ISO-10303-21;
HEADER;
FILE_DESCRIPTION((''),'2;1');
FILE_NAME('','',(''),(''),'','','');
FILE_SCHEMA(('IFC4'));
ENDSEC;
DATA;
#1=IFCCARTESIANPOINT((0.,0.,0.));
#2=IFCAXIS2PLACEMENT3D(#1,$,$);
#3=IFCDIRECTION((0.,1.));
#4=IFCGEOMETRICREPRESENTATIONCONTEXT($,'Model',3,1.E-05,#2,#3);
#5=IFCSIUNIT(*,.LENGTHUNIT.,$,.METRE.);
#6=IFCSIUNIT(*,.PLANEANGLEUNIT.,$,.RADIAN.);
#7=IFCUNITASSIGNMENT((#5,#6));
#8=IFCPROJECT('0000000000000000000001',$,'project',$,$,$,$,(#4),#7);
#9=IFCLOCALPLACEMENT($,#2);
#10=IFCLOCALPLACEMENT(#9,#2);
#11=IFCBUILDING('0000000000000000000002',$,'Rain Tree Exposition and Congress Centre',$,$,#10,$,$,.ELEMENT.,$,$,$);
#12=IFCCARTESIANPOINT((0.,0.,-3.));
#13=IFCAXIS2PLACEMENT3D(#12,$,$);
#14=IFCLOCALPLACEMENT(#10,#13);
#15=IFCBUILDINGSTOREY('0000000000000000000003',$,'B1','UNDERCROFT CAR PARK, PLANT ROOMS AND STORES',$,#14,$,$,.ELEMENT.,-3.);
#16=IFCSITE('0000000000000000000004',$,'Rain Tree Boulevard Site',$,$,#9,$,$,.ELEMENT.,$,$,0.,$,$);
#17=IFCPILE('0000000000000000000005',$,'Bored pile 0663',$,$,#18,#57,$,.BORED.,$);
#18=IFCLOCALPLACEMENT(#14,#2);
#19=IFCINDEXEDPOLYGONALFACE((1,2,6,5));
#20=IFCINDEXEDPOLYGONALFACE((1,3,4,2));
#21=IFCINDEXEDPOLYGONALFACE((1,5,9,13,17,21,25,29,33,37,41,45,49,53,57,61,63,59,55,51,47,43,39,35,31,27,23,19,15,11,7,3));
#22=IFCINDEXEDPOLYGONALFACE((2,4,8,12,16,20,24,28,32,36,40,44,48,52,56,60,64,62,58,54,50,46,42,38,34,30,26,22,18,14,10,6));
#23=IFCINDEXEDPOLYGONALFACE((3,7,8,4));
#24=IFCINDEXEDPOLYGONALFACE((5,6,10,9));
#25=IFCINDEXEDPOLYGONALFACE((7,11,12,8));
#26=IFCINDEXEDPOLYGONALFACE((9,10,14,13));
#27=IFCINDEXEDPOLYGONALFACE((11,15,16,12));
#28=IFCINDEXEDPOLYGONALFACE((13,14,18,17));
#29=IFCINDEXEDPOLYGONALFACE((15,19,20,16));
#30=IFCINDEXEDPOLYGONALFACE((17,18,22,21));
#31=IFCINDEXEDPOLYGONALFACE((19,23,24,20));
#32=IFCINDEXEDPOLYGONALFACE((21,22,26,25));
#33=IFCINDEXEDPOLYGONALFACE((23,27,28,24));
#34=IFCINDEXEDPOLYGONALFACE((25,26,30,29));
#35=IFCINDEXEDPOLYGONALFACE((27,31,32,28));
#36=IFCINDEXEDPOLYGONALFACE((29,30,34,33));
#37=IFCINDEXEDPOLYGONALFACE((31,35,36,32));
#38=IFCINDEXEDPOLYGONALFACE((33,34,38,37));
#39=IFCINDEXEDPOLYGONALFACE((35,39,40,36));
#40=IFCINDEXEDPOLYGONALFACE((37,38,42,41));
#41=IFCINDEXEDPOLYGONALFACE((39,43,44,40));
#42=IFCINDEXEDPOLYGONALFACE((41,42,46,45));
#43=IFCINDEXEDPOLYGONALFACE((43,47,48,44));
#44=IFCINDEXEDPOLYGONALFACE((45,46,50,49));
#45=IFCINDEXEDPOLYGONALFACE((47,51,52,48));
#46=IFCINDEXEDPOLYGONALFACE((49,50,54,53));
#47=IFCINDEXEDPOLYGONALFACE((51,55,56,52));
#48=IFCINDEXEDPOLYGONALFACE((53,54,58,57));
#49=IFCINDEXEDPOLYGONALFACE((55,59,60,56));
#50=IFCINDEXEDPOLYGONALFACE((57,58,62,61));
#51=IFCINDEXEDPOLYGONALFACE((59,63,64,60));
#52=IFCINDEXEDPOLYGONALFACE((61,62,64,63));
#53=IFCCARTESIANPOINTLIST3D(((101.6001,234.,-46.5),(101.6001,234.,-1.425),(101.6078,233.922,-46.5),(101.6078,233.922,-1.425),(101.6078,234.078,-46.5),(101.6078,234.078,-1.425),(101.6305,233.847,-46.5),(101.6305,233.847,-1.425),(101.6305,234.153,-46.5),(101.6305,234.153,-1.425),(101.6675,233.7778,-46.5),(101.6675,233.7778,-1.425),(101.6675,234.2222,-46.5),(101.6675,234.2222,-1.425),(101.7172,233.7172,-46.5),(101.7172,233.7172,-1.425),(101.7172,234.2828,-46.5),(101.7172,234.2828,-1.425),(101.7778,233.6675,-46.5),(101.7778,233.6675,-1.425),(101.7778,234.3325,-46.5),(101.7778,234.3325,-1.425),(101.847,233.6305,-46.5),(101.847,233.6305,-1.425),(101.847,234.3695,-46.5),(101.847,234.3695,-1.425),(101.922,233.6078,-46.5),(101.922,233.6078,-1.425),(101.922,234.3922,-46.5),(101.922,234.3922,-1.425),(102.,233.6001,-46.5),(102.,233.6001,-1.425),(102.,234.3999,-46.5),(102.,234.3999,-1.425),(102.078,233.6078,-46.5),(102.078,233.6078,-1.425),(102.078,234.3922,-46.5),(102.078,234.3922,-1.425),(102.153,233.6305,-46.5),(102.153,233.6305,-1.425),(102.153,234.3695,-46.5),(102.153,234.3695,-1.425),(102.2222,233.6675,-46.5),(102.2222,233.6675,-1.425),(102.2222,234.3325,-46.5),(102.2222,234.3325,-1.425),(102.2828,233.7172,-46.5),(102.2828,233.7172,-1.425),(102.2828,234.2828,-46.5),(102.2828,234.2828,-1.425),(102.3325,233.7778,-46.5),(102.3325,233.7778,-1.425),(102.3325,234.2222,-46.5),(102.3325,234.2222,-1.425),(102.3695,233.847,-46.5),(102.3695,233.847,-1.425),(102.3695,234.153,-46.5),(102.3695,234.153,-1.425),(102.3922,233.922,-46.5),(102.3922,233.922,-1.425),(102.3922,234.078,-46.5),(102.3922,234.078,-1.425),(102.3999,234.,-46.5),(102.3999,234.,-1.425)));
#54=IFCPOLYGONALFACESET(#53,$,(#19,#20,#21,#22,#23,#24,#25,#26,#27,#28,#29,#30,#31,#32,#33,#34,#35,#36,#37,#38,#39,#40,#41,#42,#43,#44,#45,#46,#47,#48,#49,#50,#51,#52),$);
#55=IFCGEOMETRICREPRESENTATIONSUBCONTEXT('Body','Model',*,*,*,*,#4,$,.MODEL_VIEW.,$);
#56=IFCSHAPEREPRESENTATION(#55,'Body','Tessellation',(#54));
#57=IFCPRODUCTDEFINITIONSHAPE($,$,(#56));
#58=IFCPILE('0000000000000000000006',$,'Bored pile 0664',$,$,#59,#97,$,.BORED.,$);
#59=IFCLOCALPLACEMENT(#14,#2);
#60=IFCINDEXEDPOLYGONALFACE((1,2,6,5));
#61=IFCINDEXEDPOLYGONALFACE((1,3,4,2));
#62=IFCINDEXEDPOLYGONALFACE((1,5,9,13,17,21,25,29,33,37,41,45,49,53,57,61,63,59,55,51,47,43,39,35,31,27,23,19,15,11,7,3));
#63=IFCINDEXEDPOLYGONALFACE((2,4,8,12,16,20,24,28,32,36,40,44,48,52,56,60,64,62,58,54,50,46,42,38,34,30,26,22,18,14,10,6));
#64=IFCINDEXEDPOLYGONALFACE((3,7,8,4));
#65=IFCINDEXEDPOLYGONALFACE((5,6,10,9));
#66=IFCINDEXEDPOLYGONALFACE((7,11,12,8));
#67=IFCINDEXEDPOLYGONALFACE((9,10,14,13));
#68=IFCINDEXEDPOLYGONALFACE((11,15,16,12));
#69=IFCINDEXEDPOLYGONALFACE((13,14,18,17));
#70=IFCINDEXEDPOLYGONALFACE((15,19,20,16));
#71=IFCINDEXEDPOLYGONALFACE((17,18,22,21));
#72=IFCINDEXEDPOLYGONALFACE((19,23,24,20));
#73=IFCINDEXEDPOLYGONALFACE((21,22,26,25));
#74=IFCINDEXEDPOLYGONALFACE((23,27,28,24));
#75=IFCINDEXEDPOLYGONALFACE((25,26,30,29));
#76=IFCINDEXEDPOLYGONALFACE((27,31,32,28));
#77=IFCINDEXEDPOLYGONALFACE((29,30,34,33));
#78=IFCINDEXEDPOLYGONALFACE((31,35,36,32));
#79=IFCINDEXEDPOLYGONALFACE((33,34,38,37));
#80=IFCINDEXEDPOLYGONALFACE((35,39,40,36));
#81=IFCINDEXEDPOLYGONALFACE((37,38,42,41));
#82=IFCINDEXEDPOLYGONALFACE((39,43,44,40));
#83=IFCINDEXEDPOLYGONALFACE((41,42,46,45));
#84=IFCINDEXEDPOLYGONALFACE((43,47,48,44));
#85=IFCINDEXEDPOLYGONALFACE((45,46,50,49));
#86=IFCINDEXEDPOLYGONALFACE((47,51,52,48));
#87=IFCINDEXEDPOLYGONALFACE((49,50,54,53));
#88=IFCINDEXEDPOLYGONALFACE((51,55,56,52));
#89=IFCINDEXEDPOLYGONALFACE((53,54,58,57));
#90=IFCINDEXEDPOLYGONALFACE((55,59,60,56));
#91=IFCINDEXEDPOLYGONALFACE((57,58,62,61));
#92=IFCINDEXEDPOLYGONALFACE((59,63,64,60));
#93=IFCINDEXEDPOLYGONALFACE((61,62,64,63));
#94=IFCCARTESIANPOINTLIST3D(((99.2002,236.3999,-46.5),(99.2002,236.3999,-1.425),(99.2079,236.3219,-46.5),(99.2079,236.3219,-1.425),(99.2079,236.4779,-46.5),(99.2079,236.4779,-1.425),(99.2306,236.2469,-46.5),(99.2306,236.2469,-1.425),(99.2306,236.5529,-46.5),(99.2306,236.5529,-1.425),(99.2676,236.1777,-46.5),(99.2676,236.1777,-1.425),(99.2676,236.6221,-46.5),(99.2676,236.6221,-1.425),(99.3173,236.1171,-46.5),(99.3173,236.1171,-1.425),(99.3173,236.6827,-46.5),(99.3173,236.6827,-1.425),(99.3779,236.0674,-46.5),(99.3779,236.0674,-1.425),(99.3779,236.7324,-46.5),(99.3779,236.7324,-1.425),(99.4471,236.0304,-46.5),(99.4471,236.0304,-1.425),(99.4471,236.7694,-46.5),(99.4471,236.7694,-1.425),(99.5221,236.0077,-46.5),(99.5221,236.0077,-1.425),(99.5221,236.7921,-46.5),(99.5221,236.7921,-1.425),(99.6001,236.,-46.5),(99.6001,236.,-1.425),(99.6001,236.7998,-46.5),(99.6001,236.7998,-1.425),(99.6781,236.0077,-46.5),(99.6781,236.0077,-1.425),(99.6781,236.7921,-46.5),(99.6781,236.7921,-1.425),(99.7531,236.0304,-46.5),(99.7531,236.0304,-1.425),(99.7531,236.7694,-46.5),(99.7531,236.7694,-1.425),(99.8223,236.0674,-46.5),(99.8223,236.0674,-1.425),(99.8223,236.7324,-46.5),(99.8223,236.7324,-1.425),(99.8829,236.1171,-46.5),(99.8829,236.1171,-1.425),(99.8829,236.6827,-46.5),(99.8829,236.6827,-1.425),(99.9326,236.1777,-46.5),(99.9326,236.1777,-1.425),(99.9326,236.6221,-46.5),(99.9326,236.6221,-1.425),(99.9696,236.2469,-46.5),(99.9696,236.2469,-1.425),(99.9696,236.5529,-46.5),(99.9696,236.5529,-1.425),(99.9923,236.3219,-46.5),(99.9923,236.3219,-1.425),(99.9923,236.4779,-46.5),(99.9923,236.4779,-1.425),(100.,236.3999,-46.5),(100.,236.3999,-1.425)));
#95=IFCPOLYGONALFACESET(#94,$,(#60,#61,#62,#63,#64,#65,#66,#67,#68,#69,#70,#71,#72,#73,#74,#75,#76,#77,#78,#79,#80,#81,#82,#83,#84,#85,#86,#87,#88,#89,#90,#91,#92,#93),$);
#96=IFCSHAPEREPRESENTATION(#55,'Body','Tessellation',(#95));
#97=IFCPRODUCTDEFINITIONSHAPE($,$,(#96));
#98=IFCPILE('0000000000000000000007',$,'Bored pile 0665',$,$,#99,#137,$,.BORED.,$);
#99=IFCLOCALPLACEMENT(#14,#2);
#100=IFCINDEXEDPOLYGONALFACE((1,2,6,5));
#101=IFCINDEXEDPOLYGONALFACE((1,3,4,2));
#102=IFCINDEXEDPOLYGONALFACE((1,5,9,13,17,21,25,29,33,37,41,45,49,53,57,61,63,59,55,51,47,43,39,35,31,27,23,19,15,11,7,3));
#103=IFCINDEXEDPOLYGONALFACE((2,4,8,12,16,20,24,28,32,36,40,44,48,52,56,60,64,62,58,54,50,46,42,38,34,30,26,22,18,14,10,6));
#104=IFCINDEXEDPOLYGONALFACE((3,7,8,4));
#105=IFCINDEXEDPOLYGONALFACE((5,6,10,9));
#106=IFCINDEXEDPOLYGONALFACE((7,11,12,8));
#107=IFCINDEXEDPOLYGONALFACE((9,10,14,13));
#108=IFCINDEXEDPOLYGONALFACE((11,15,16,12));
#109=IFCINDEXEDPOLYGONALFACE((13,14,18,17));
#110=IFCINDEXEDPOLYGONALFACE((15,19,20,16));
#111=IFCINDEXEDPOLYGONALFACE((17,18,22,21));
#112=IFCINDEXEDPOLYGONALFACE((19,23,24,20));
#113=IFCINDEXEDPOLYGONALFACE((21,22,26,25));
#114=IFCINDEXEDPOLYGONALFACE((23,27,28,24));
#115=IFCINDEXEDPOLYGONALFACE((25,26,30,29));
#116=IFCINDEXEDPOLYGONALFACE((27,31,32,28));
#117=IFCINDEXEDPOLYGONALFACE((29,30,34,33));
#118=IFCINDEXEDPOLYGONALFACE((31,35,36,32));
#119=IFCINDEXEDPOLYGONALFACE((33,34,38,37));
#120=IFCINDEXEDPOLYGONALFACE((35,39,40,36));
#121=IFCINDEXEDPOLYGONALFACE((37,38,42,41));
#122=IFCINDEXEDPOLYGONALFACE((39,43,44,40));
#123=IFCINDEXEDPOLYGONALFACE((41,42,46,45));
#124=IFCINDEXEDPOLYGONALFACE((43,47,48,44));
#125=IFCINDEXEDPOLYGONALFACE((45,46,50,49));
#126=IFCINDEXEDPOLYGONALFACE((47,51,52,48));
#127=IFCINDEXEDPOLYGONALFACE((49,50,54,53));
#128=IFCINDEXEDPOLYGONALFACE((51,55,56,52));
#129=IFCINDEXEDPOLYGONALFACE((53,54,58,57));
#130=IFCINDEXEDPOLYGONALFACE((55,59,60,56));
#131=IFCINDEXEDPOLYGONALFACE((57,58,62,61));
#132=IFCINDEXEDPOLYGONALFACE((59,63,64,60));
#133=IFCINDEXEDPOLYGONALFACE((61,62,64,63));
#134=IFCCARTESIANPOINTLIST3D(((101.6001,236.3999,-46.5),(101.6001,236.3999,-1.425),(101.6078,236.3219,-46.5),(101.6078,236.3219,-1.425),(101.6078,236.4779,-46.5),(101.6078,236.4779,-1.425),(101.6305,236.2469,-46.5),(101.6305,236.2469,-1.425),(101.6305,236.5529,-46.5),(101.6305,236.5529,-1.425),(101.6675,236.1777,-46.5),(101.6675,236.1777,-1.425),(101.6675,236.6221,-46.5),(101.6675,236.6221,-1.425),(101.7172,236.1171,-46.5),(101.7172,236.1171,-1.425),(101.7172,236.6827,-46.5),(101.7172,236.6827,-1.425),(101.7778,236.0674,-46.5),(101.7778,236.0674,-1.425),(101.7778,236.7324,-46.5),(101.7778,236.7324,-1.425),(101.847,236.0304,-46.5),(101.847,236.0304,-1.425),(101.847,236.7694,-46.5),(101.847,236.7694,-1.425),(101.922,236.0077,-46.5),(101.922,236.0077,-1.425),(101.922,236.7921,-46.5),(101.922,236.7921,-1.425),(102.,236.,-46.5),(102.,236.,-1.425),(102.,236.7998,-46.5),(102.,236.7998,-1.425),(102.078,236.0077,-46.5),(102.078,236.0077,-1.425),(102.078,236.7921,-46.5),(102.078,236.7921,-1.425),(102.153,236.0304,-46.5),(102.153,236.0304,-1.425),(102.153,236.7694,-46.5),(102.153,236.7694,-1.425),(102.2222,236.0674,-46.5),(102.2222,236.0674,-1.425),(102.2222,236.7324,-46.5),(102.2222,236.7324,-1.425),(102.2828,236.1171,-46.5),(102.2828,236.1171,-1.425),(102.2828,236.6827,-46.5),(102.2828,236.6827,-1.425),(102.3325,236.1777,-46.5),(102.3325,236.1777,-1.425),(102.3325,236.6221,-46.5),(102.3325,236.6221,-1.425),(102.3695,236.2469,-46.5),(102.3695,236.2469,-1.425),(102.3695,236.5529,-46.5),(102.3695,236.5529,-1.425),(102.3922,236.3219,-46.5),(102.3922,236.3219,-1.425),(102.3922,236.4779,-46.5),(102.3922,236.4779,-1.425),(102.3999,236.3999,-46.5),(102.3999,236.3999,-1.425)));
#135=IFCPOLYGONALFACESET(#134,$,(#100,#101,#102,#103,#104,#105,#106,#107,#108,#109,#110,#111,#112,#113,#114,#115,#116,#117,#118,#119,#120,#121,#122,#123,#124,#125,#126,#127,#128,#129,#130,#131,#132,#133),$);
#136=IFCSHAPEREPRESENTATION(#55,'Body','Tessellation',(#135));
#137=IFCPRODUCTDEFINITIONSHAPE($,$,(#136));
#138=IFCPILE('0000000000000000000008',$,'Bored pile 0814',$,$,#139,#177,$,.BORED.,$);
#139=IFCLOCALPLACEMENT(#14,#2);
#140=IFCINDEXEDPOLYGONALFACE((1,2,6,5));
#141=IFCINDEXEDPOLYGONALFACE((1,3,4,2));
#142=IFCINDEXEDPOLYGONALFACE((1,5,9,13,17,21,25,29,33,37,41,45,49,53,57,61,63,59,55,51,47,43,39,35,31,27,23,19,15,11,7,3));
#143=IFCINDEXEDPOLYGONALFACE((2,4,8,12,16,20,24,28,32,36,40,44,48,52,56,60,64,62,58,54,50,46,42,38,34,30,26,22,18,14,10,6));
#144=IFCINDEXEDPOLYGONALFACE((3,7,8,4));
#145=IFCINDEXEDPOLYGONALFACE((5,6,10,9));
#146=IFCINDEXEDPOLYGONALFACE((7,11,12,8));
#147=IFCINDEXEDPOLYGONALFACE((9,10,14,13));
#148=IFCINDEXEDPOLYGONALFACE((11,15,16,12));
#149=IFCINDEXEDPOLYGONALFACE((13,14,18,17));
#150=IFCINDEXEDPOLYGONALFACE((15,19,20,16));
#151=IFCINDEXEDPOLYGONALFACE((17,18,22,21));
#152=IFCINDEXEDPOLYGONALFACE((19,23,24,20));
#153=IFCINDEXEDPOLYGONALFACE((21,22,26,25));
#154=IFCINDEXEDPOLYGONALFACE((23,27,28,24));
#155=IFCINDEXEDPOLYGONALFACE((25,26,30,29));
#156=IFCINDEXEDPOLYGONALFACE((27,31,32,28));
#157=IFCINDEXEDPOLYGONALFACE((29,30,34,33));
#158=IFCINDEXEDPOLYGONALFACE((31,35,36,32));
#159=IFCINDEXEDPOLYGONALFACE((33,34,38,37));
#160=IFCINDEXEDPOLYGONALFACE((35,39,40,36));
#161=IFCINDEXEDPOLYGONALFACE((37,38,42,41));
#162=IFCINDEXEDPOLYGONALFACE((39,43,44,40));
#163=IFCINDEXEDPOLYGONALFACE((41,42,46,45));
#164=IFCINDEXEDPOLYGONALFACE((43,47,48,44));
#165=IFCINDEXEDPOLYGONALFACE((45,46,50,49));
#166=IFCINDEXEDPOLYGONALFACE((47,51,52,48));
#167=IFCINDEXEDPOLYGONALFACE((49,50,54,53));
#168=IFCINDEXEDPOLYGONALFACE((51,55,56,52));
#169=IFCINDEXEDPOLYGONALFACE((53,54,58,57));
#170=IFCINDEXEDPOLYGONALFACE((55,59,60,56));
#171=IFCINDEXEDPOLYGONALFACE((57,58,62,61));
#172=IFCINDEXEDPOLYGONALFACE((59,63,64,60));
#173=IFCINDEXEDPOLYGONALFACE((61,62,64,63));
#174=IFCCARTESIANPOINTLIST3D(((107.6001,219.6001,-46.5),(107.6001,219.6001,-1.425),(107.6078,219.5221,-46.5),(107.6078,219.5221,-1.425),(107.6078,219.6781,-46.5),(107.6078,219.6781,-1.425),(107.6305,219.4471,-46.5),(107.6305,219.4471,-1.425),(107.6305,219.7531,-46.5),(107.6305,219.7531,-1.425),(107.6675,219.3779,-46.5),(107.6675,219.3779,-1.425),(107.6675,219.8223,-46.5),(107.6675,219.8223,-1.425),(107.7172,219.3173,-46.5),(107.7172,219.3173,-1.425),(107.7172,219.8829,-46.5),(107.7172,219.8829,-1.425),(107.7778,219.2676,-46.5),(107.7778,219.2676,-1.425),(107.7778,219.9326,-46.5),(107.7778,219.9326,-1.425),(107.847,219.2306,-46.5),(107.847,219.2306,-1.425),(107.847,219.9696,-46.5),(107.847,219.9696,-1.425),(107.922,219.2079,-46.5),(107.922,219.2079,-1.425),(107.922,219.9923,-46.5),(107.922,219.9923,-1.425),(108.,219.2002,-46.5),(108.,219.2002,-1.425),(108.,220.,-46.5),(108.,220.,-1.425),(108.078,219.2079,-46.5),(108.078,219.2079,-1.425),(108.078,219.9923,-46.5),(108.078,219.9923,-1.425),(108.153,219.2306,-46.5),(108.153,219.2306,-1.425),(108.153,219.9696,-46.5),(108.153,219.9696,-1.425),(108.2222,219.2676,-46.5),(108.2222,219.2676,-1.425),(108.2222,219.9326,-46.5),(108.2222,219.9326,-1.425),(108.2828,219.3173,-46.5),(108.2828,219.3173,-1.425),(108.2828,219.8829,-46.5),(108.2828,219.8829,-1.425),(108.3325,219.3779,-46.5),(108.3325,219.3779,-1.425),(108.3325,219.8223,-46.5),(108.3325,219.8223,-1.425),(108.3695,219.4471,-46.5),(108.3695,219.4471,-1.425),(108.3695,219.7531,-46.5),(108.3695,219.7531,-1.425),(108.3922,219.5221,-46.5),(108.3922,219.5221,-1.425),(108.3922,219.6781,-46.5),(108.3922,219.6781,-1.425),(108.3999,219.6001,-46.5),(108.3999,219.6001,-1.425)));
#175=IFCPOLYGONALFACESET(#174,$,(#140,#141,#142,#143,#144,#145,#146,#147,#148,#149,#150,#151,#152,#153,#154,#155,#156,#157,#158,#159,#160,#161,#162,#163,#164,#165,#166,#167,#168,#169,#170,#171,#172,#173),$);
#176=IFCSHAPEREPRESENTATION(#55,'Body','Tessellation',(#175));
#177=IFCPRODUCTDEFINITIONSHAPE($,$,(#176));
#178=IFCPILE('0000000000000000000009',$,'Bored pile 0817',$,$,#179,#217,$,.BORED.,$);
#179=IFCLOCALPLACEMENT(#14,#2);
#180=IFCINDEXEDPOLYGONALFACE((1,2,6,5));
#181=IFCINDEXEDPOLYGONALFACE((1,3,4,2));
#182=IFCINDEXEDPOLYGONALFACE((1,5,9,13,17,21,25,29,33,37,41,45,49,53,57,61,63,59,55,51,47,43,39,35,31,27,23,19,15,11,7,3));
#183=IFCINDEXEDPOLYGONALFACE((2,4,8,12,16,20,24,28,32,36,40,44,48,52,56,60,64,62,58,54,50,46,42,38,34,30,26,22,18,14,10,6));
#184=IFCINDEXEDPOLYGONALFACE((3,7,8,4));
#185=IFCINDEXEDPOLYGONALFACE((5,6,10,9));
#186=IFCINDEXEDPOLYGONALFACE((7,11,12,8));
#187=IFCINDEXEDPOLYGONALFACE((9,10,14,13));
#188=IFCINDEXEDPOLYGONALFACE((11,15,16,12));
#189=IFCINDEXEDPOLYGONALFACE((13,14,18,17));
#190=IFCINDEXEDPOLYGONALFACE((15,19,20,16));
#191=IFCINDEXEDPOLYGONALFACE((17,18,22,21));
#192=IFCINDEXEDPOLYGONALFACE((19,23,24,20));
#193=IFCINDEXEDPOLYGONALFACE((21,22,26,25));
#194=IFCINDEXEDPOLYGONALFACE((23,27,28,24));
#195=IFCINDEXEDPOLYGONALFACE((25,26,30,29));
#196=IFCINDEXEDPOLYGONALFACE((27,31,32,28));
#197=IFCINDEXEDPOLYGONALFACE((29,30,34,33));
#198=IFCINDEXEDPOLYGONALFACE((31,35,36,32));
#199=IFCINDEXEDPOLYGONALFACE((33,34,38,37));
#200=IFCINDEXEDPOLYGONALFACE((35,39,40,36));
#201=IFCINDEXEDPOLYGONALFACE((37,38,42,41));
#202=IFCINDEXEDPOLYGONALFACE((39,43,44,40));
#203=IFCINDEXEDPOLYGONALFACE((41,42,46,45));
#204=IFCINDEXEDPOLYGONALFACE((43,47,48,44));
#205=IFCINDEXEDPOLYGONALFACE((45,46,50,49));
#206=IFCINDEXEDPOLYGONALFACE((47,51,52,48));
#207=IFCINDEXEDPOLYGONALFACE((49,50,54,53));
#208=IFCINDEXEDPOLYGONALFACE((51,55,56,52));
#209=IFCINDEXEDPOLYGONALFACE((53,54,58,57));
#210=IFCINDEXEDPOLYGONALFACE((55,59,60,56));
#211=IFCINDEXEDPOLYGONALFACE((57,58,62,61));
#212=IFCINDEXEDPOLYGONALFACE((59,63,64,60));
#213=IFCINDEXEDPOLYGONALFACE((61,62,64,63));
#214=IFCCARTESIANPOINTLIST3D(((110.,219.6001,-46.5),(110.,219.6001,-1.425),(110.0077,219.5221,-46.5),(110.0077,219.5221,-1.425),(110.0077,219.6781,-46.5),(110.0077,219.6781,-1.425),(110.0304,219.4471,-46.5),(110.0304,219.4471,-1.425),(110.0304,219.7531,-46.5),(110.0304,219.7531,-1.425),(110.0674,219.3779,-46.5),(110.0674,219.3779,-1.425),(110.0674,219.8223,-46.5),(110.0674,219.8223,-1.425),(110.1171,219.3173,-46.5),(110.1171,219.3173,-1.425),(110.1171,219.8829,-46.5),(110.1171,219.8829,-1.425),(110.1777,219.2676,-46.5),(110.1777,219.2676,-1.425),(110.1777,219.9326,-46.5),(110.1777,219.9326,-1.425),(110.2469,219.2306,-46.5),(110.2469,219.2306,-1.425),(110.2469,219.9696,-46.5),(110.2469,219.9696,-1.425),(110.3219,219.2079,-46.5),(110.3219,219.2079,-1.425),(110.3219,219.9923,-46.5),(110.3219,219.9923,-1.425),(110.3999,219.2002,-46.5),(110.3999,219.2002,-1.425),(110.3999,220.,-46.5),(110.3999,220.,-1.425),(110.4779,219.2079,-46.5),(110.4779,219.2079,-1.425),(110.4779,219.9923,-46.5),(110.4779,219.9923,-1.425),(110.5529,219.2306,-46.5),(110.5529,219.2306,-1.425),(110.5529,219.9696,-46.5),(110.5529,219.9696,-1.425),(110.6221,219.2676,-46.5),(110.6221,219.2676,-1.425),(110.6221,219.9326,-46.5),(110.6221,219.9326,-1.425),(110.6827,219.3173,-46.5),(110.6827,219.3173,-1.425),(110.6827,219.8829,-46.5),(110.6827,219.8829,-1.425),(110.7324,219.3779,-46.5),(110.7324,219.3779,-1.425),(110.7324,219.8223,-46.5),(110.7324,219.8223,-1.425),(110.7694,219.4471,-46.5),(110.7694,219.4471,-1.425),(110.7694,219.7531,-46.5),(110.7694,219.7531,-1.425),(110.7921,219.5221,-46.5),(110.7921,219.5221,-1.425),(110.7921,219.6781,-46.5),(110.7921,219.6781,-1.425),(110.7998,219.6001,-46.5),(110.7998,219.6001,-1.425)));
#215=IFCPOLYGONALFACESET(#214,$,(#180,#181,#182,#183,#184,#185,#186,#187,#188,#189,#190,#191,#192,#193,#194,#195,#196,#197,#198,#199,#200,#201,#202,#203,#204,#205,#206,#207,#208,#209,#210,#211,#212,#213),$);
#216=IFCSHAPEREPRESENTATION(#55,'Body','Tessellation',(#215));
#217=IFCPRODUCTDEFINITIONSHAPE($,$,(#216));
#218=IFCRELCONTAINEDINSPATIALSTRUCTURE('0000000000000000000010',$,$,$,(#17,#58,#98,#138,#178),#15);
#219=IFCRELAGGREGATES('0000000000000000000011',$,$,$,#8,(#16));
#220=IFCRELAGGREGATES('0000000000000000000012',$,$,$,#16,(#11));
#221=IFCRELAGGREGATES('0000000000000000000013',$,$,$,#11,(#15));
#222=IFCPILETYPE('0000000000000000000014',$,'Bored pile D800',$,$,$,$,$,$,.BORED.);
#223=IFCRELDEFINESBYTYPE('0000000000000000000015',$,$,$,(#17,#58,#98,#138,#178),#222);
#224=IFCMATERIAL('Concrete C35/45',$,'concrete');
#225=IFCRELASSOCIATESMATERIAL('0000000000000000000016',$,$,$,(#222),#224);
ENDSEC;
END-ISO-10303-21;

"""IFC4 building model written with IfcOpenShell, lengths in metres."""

from ifc_helpers import new_model, si_unit, direction, frame, origin, origin_2d, place, context, subcontext, project, spatial, circle, extrude, material, material_profile, profile_set, type_object, element, save


model = new_model("IFC4")

# Units and contexts
model_context = context("Model", 3, precision=1e-05, world=origin(), true_north=direction((0.0, 1.0)))
body_context = subcontext(model_context, "Body", "Model", "MODEL_VIEW")
ifc_project = project(units=[si_unit("LENGTHUNIT", "METRE"), si_unit("PLANEANGLEUNIT", "RADIAN")], contexts=[model_context])

# Site, building, storey
site_placement = place(None, origin())
site = spatial("IfcSite", under=ifc_project, at=site_placement, Name="Rain Tree Boulevard Site", CompositionType="ELEMENT", RefElevation=0.0)
building_placement = place(site_placement, origin())
building = spatial("IfcBuilding", under=site, at=building_placement, Name="Rain Tree Exposition and Congress Centre", CompositionType="ELEMENT")
storey_placement = place(building_placement, frame((0.0, 0.0, -3.0)))
storey = spatial("IfcBuildingStorey", under=building, at=storey_placement, Name="B1", Description="UNDERCROFT CAR PARK, PLANT ROOMS AND STORES", CompositionType="ELEMENT", Elevation=-3.0)

# Piles
ifc_material_1 = material(Name="Concrete C35/45", Category="concrete")
ifc_material_profile_1 = material_profile(ifc_material_1, circle(Radius=0.3999, at=origin_2d()), Name="D800")
ifc_profile_set_1 = profile_set([ifc_material_profile_1], Name="Concrete C35/45")
pile_type = type_object("IfcPileType", Name="Bored pile D800", PredefinedType="BORED", material=ifc_profile_set_1)
for number, where, z_axis, x_axis, name in (
    (1, (102.0, 234.0, -1.425), (0.0, 0.0, -1.0), (1.0, 0.0, 0.0), "Bored pile 0663"),
    (2, (99.6001, 236.3999, -1.425), (0.0, 0.0, -1.0), (1.0, 0.0, 0.0), "Bored pile 0664"),
    (3, (102.0, 236.3999, -1.425), (0.0, 0.0, -1.0), (1.0, 0.0, 0.0), "Bored pile 0665"),
    (4, (108.0, 219.6001, -1.425), (0.0, 0.0, -1.0), (1.0, 0.0, 0.0), "Bored pile 0814"),
    (5, (110.3999, 219.6001, -1.425), (0.0, 0.0, -1.0), (1.0, 0.0, 0.0), "Bored pile 0817"),
):
    element("IfcPile", number, at=place(storey_placement, frame(where, z_axis=z_axis, x_axis=x_axis)), inside=storey, type_object=pile_type, Name=name, PredefinedType="BORED", context=body_context, shape_type="SweptSolid", body=[
        extrude(circle(Radius=0.3999, at=origin_2d()), origin(), (0.0, 0.0, 1.0), 45.075),
    ])

save(model, "model.ifc")
